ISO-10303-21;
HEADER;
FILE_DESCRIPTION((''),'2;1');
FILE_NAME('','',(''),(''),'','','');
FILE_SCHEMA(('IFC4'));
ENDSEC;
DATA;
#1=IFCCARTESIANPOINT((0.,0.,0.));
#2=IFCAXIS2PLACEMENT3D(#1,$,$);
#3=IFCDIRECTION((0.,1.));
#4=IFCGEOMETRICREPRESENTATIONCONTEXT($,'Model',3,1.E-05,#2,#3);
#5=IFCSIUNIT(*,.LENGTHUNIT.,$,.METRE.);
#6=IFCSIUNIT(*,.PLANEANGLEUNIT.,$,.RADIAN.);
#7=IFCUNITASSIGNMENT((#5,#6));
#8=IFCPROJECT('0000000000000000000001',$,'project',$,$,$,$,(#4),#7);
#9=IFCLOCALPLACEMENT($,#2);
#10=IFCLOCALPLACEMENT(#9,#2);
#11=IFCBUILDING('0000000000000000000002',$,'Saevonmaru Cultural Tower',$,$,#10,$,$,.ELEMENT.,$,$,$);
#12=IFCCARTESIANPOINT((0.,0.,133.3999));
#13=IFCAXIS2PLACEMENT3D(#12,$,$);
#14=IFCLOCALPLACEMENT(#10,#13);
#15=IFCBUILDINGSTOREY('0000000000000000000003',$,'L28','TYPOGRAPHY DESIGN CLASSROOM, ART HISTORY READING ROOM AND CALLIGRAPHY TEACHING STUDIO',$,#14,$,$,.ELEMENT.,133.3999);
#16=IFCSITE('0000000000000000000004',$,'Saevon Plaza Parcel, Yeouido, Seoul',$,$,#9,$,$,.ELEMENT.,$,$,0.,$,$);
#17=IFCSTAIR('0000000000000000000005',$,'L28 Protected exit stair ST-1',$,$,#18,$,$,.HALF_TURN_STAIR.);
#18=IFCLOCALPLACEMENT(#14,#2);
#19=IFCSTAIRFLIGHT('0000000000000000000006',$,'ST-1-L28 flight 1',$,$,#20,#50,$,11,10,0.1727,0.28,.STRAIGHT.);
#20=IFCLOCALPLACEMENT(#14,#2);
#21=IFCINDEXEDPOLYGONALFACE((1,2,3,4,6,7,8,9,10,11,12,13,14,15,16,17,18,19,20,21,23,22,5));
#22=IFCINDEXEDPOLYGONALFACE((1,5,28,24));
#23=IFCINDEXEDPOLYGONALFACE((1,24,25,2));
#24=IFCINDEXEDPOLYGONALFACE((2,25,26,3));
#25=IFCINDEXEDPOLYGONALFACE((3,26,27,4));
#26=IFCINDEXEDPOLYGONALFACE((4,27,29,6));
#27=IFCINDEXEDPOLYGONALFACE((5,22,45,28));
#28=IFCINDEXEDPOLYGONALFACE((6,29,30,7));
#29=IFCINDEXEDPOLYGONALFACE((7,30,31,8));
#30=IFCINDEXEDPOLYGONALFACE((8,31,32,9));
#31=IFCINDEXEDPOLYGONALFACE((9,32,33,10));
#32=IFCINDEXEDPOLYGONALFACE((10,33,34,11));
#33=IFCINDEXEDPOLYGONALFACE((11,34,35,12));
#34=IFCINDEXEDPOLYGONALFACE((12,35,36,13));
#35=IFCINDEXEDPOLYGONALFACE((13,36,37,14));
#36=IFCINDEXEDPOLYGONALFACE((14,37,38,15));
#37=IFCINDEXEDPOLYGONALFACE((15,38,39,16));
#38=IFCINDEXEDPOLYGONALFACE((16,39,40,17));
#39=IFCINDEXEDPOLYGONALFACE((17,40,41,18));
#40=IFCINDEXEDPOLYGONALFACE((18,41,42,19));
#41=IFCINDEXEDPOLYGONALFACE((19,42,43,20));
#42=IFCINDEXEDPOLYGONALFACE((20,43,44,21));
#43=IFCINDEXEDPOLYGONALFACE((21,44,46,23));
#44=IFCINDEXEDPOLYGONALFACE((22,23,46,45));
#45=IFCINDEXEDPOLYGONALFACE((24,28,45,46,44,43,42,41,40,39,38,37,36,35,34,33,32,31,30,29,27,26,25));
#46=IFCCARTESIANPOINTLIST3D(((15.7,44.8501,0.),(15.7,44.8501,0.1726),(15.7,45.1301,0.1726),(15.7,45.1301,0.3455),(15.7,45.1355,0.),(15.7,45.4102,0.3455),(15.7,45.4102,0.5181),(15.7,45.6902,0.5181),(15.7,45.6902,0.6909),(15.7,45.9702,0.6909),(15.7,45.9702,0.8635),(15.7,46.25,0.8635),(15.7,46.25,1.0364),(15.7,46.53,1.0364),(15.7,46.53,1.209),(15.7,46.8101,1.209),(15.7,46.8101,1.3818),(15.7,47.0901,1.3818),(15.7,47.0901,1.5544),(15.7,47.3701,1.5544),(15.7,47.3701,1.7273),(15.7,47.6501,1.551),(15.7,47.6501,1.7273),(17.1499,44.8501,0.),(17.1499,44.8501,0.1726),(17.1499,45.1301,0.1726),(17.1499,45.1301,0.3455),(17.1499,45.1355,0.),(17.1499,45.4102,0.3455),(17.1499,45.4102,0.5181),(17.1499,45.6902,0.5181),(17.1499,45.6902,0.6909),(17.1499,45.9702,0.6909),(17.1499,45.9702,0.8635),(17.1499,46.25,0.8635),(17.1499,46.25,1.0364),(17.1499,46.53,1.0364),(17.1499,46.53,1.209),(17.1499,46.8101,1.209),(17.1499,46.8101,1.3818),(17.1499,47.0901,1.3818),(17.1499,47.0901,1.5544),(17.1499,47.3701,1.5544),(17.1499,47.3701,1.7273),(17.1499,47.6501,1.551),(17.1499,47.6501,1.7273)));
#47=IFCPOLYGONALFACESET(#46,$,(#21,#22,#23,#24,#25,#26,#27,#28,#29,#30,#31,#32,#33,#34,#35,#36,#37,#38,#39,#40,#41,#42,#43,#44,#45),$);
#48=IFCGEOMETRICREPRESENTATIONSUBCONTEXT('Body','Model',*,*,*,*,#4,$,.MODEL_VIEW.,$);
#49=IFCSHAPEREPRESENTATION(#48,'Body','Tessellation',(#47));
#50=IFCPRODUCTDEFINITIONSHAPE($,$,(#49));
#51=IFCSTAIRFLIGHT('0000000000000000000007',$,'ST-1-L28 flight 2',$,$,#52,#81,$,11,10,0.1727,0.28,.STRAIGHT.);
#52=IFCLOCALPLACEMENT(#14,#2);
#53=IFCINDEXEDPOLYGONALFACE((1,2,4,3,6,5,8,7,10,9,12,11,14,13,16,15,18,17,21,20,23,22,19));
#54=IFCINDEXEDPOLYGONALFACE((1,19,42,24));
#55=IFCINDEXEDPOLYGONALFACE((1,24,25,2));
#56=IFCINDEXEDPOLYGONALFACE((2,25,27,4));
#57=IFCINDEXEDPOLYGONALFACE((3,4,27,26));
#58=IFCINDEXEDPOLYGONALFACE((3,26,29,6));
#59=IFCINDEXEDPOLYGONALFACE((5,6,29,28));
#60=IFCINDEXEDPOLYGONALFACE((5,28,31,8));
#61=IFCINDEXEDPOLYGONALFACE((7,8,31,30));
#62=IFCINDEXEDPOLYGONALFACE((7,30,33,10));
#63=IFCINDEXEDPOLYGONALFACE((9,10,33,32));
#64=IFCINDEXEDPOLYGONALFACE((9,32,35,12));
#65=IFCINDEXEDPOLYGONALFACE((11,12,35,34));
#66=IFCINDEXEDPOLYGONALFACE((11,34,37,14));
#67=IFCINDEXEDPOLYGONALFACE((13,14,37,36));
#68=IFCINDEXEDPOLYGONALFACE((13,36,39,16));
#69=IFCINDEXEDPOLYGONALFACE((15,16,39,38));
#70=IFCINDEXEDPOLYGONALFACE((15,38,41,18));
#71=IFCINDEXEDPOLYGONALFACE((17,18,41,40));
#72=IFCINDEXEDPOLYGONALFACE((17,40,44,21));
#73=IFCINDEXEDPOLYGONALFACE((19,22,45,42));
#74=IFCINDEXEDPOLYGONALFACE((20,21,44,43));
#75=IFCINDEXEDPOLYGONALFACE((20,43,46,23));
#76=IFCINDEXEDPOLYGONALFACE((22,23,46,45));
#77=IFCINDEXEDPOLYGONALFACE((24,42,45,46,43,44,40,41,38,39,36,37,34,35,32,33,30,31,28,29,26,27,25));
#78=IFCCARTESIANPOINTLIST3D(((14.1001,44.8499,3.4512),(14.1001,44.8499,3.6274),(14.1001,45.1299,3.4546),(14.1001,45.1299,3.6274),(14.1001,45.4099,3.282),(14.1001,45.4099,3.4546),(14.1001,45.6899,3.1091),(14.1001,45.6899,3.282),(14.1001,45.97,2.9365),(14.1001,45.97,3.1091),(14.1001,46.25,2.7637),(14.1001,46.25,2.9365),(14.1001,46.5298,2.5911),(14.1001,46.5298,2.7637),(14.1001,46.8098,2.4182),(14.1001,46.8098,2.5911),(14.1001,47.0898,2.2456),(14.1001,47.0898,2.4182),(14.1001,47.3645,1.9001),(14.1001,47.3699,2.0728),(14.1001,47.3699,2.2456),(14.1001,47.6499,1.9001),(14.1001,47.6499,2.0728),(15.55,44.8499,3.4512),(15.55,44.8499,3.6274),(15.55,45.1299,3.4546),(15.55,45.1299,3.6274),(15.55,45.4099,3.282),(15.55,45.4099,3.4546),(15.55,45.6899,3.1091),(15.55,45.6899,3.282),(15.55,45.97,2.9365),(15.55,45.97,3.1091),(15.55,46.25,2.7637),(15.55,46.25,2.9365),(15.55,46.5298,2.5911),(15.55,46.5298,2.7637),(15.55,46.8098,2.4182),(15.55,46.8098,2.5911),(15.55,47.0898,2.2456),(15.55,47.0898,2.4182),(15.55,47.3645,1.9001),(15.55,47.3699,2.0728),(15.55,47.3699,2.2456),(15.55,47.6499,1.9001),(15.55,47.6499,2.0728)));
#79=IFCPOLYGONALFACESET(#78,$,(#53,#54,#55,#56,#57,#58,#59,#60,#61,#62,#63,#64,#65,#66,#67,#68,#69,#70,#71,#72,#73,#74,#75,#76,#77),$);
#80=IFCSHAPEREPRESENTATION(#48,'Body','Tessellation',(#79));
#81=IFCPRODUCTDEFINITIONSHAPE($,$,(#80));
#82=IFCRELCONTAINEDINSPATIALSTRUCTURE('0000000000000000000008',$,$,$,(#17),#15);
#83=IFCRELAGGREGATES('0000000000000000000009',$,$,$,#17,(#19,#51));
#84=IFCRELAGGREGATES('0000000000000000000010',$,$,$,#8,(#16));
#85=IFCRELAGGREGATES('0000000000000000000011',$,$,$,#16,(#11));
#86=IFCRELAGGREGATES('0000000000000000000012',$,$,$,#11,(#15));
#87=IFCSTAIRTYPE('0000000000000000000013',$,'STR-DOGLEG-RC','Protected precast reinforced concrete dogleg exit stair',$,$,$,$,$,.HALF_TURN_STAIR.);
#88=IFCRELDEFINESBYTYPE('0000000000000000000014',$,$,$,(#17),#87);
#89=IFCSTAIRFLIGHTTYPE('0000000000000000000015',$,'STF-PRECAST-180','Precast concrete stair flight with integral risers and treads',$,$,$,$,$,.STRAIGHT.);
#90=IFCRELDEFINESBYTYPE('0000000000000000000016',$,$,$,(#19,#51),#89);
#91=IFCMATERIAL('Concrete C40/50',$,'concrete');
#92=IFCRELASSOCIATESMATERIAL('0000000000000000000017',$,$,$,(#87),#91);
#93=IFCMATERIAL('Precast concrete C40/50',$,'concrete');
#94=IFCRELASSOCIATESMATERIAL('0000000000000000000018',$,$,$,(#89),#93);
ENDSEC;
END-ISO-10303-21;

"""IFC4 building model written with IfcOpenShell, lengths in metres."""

from ifc_helpers import new_model, si_unit, direction, frame, origin, place, context, subcontext, project, spatial, polyline, outline, extrude, material, type_object, element, aggregate, save


model = new_model("IFC4")

# Units and contexts
model_context = context("Model", 3, precision=1e-05, world=origin(), true_north=direction((0.0, 1.0)))
body_context = subcontext(model_context, "Body", "Model", "MODEL_VIEW")
ifc_project = project(units=[si_unit("LENGTHUNIT", "METRE"), si_unit("PLANEANGLEUNIT", "RADIAN")], contexts=[model_context])

# Site, building, storey
site_placement = place(None, origin())
site = spatial("IfcSite", under=ifc_project, at=site_placement, Name="Saevon Plaza Parcel, Yeouido, Seoul", CompositionType="ELEMENT", RefElevation=0.0)
building_placement = place(site_placement, origin())
building = spatial("IfcBuilding", under=site, at=building_placement, Name="Saevonmaru Cultural Tower", CompositionType="ELEMENT")
storey_placement = place(building_placement, frame((0.0, 0.0, 133.3999)))
storey = spatial("IfcBuildingStorey", under=building, at=storey_placement, Name="L28", Description="TYPOGRAPHY DESIGN CLASSROOM, ART HISTORY READING ROOM AND CALLIGRAPHY TEACHING STUDIO", CompositionType="ELEMENT", Elevation=133.3999)

# Shared definitions
ifc_material_1 = material(Name="Concrete C40/50", Category="concrete")

# Stair, stair flights
stair_type = type_object("IfcStairType", Name="STR-DOGLEG-RC", Description="Protected precast reinforced concrete dogleg exit stair", PredefinedType="HALF_TURN_STAIR", material=ifc_material_1)
stair_placement = place(storey_placement, origin())
stair = element("IfcStair", 1, at=stair_placement, inside=storey, type_object=stair_type, Name="L28 Protected exit stair ST-1", PredefinedType="HALF_TURN_STAIR")
ifc_material_2 = material(Name="Precast concrete C40/50", Category="concrete")
stair_flight_type = type_object("IfcStairFlightType", Name="STF-PRECAST-180", Description="Precast concrete stair flight with integral risers and treads", PredefinedType="STRAIGHT", material=ifc_material_2)
stair_flight_1_placement = place(storey_placement, frame((16.425, 44.8501, 0.0), z_axis=(0.0, 0.0, 1.0), x_axis=(0.0, 1.0, 0.0)))
stair_flight_1 = element("IfcStairFlight", 2, at=stair_flight_1_placement, type_object=stair_flight_type, Name="ST-1-L28 flight 1", NumberOfRisers=11, NumberOfTreads=10, PredefinedType="STRAIGHT", RiserHeight=0.1727, TreadLength=0.28, context=body_context, shape_type="SweptSolid", body=[
    extrude(outline(polyline([(0.0, 0.0), (0.0, 0.1726), (0.28, 0.1726), (0.28, 0.3455), (0.5601, 0.3455), (0.5601, 0.5181), (0.8401, 0.5181), (0.8401, 0.6909), (1.1201, 0.6909), (1.1201, 0.8635), (1.3999, 0.8635), (1.3999, 1.0364), (1.6799, 1.0364), (1.6799, 1.209), (1.96, 1.209), (1.96, 1.3818), (2.24, 1.3818), (2.24, 1.5544), (2.52, 1.5544), (2.52, 1.7273), (2.8, 1.7273), (2.8, 1.8999), (2.8, 1.551), (0.2854, 0.0), (0.0, 0.0)])), frame((0.0, 0.7251, 0.0), z_axis=(0.0, -1.0, 0.0), x_axis=(1.0, 0.0, 0.0)), (0.0, 0.0, 1.0), 1.45),
])
stair_flight_2_placement = place(storey_placement, frame((14.825, 47.6499, 1.9001), z_axis=(0.0, 0.0, 1.0), x_axis=(0.0, -1.0, 0.0)))
stair_flight_2 = element("IfcStairFlight", 3, at=stair_flight_2_placement, type_object=stair_flight_type, Name="ST-1-L28 flight 2", NumberOfRisers=11, NumberOfTreads=10, PredefinedType="STRAIGHT", RiserHeight=0.1727, TreadLength=0.28, context=body_context, shape_type="SweptSolid", body=[
    extrude(outline(polyline([(0.0, 0.0), (0.0, 0.1726), (0.28, 0.1726), (0.28, 0.3455), (0.5601, 0.3455), (0.5601, 0.5181), (0.8401, 0.5181), (0.8401, 0.6909), (1.1201, 0.6909), (1.1201, 0.8635), (1.3999, 0.8635), (1.3999, 1.0364), (1.6799, 1.0364), (1.6799, 1.209), (1.96, 1.209), (1.96, 1.3818), (2.24, 1.3818), (2.24, 1.5544), (2.52, 1.5544), (2.52, 1.7273), (2.8, 1.7273), (2.8, 1.8999), (2.8, 1.551), (0.2854, 0.0), (0.0, 0.0)])), frame((0.0, 0.7251, 0.0), z_axis=(0.0, -1.0, 0.0), x_axis=(1.0, 0.0, 0.0)), (0.0, 0.0, 1.0), 1.45),
])
aggregate(stair, [stair_flight_1, stair_flight_2])

save(model, "model.ifc")
